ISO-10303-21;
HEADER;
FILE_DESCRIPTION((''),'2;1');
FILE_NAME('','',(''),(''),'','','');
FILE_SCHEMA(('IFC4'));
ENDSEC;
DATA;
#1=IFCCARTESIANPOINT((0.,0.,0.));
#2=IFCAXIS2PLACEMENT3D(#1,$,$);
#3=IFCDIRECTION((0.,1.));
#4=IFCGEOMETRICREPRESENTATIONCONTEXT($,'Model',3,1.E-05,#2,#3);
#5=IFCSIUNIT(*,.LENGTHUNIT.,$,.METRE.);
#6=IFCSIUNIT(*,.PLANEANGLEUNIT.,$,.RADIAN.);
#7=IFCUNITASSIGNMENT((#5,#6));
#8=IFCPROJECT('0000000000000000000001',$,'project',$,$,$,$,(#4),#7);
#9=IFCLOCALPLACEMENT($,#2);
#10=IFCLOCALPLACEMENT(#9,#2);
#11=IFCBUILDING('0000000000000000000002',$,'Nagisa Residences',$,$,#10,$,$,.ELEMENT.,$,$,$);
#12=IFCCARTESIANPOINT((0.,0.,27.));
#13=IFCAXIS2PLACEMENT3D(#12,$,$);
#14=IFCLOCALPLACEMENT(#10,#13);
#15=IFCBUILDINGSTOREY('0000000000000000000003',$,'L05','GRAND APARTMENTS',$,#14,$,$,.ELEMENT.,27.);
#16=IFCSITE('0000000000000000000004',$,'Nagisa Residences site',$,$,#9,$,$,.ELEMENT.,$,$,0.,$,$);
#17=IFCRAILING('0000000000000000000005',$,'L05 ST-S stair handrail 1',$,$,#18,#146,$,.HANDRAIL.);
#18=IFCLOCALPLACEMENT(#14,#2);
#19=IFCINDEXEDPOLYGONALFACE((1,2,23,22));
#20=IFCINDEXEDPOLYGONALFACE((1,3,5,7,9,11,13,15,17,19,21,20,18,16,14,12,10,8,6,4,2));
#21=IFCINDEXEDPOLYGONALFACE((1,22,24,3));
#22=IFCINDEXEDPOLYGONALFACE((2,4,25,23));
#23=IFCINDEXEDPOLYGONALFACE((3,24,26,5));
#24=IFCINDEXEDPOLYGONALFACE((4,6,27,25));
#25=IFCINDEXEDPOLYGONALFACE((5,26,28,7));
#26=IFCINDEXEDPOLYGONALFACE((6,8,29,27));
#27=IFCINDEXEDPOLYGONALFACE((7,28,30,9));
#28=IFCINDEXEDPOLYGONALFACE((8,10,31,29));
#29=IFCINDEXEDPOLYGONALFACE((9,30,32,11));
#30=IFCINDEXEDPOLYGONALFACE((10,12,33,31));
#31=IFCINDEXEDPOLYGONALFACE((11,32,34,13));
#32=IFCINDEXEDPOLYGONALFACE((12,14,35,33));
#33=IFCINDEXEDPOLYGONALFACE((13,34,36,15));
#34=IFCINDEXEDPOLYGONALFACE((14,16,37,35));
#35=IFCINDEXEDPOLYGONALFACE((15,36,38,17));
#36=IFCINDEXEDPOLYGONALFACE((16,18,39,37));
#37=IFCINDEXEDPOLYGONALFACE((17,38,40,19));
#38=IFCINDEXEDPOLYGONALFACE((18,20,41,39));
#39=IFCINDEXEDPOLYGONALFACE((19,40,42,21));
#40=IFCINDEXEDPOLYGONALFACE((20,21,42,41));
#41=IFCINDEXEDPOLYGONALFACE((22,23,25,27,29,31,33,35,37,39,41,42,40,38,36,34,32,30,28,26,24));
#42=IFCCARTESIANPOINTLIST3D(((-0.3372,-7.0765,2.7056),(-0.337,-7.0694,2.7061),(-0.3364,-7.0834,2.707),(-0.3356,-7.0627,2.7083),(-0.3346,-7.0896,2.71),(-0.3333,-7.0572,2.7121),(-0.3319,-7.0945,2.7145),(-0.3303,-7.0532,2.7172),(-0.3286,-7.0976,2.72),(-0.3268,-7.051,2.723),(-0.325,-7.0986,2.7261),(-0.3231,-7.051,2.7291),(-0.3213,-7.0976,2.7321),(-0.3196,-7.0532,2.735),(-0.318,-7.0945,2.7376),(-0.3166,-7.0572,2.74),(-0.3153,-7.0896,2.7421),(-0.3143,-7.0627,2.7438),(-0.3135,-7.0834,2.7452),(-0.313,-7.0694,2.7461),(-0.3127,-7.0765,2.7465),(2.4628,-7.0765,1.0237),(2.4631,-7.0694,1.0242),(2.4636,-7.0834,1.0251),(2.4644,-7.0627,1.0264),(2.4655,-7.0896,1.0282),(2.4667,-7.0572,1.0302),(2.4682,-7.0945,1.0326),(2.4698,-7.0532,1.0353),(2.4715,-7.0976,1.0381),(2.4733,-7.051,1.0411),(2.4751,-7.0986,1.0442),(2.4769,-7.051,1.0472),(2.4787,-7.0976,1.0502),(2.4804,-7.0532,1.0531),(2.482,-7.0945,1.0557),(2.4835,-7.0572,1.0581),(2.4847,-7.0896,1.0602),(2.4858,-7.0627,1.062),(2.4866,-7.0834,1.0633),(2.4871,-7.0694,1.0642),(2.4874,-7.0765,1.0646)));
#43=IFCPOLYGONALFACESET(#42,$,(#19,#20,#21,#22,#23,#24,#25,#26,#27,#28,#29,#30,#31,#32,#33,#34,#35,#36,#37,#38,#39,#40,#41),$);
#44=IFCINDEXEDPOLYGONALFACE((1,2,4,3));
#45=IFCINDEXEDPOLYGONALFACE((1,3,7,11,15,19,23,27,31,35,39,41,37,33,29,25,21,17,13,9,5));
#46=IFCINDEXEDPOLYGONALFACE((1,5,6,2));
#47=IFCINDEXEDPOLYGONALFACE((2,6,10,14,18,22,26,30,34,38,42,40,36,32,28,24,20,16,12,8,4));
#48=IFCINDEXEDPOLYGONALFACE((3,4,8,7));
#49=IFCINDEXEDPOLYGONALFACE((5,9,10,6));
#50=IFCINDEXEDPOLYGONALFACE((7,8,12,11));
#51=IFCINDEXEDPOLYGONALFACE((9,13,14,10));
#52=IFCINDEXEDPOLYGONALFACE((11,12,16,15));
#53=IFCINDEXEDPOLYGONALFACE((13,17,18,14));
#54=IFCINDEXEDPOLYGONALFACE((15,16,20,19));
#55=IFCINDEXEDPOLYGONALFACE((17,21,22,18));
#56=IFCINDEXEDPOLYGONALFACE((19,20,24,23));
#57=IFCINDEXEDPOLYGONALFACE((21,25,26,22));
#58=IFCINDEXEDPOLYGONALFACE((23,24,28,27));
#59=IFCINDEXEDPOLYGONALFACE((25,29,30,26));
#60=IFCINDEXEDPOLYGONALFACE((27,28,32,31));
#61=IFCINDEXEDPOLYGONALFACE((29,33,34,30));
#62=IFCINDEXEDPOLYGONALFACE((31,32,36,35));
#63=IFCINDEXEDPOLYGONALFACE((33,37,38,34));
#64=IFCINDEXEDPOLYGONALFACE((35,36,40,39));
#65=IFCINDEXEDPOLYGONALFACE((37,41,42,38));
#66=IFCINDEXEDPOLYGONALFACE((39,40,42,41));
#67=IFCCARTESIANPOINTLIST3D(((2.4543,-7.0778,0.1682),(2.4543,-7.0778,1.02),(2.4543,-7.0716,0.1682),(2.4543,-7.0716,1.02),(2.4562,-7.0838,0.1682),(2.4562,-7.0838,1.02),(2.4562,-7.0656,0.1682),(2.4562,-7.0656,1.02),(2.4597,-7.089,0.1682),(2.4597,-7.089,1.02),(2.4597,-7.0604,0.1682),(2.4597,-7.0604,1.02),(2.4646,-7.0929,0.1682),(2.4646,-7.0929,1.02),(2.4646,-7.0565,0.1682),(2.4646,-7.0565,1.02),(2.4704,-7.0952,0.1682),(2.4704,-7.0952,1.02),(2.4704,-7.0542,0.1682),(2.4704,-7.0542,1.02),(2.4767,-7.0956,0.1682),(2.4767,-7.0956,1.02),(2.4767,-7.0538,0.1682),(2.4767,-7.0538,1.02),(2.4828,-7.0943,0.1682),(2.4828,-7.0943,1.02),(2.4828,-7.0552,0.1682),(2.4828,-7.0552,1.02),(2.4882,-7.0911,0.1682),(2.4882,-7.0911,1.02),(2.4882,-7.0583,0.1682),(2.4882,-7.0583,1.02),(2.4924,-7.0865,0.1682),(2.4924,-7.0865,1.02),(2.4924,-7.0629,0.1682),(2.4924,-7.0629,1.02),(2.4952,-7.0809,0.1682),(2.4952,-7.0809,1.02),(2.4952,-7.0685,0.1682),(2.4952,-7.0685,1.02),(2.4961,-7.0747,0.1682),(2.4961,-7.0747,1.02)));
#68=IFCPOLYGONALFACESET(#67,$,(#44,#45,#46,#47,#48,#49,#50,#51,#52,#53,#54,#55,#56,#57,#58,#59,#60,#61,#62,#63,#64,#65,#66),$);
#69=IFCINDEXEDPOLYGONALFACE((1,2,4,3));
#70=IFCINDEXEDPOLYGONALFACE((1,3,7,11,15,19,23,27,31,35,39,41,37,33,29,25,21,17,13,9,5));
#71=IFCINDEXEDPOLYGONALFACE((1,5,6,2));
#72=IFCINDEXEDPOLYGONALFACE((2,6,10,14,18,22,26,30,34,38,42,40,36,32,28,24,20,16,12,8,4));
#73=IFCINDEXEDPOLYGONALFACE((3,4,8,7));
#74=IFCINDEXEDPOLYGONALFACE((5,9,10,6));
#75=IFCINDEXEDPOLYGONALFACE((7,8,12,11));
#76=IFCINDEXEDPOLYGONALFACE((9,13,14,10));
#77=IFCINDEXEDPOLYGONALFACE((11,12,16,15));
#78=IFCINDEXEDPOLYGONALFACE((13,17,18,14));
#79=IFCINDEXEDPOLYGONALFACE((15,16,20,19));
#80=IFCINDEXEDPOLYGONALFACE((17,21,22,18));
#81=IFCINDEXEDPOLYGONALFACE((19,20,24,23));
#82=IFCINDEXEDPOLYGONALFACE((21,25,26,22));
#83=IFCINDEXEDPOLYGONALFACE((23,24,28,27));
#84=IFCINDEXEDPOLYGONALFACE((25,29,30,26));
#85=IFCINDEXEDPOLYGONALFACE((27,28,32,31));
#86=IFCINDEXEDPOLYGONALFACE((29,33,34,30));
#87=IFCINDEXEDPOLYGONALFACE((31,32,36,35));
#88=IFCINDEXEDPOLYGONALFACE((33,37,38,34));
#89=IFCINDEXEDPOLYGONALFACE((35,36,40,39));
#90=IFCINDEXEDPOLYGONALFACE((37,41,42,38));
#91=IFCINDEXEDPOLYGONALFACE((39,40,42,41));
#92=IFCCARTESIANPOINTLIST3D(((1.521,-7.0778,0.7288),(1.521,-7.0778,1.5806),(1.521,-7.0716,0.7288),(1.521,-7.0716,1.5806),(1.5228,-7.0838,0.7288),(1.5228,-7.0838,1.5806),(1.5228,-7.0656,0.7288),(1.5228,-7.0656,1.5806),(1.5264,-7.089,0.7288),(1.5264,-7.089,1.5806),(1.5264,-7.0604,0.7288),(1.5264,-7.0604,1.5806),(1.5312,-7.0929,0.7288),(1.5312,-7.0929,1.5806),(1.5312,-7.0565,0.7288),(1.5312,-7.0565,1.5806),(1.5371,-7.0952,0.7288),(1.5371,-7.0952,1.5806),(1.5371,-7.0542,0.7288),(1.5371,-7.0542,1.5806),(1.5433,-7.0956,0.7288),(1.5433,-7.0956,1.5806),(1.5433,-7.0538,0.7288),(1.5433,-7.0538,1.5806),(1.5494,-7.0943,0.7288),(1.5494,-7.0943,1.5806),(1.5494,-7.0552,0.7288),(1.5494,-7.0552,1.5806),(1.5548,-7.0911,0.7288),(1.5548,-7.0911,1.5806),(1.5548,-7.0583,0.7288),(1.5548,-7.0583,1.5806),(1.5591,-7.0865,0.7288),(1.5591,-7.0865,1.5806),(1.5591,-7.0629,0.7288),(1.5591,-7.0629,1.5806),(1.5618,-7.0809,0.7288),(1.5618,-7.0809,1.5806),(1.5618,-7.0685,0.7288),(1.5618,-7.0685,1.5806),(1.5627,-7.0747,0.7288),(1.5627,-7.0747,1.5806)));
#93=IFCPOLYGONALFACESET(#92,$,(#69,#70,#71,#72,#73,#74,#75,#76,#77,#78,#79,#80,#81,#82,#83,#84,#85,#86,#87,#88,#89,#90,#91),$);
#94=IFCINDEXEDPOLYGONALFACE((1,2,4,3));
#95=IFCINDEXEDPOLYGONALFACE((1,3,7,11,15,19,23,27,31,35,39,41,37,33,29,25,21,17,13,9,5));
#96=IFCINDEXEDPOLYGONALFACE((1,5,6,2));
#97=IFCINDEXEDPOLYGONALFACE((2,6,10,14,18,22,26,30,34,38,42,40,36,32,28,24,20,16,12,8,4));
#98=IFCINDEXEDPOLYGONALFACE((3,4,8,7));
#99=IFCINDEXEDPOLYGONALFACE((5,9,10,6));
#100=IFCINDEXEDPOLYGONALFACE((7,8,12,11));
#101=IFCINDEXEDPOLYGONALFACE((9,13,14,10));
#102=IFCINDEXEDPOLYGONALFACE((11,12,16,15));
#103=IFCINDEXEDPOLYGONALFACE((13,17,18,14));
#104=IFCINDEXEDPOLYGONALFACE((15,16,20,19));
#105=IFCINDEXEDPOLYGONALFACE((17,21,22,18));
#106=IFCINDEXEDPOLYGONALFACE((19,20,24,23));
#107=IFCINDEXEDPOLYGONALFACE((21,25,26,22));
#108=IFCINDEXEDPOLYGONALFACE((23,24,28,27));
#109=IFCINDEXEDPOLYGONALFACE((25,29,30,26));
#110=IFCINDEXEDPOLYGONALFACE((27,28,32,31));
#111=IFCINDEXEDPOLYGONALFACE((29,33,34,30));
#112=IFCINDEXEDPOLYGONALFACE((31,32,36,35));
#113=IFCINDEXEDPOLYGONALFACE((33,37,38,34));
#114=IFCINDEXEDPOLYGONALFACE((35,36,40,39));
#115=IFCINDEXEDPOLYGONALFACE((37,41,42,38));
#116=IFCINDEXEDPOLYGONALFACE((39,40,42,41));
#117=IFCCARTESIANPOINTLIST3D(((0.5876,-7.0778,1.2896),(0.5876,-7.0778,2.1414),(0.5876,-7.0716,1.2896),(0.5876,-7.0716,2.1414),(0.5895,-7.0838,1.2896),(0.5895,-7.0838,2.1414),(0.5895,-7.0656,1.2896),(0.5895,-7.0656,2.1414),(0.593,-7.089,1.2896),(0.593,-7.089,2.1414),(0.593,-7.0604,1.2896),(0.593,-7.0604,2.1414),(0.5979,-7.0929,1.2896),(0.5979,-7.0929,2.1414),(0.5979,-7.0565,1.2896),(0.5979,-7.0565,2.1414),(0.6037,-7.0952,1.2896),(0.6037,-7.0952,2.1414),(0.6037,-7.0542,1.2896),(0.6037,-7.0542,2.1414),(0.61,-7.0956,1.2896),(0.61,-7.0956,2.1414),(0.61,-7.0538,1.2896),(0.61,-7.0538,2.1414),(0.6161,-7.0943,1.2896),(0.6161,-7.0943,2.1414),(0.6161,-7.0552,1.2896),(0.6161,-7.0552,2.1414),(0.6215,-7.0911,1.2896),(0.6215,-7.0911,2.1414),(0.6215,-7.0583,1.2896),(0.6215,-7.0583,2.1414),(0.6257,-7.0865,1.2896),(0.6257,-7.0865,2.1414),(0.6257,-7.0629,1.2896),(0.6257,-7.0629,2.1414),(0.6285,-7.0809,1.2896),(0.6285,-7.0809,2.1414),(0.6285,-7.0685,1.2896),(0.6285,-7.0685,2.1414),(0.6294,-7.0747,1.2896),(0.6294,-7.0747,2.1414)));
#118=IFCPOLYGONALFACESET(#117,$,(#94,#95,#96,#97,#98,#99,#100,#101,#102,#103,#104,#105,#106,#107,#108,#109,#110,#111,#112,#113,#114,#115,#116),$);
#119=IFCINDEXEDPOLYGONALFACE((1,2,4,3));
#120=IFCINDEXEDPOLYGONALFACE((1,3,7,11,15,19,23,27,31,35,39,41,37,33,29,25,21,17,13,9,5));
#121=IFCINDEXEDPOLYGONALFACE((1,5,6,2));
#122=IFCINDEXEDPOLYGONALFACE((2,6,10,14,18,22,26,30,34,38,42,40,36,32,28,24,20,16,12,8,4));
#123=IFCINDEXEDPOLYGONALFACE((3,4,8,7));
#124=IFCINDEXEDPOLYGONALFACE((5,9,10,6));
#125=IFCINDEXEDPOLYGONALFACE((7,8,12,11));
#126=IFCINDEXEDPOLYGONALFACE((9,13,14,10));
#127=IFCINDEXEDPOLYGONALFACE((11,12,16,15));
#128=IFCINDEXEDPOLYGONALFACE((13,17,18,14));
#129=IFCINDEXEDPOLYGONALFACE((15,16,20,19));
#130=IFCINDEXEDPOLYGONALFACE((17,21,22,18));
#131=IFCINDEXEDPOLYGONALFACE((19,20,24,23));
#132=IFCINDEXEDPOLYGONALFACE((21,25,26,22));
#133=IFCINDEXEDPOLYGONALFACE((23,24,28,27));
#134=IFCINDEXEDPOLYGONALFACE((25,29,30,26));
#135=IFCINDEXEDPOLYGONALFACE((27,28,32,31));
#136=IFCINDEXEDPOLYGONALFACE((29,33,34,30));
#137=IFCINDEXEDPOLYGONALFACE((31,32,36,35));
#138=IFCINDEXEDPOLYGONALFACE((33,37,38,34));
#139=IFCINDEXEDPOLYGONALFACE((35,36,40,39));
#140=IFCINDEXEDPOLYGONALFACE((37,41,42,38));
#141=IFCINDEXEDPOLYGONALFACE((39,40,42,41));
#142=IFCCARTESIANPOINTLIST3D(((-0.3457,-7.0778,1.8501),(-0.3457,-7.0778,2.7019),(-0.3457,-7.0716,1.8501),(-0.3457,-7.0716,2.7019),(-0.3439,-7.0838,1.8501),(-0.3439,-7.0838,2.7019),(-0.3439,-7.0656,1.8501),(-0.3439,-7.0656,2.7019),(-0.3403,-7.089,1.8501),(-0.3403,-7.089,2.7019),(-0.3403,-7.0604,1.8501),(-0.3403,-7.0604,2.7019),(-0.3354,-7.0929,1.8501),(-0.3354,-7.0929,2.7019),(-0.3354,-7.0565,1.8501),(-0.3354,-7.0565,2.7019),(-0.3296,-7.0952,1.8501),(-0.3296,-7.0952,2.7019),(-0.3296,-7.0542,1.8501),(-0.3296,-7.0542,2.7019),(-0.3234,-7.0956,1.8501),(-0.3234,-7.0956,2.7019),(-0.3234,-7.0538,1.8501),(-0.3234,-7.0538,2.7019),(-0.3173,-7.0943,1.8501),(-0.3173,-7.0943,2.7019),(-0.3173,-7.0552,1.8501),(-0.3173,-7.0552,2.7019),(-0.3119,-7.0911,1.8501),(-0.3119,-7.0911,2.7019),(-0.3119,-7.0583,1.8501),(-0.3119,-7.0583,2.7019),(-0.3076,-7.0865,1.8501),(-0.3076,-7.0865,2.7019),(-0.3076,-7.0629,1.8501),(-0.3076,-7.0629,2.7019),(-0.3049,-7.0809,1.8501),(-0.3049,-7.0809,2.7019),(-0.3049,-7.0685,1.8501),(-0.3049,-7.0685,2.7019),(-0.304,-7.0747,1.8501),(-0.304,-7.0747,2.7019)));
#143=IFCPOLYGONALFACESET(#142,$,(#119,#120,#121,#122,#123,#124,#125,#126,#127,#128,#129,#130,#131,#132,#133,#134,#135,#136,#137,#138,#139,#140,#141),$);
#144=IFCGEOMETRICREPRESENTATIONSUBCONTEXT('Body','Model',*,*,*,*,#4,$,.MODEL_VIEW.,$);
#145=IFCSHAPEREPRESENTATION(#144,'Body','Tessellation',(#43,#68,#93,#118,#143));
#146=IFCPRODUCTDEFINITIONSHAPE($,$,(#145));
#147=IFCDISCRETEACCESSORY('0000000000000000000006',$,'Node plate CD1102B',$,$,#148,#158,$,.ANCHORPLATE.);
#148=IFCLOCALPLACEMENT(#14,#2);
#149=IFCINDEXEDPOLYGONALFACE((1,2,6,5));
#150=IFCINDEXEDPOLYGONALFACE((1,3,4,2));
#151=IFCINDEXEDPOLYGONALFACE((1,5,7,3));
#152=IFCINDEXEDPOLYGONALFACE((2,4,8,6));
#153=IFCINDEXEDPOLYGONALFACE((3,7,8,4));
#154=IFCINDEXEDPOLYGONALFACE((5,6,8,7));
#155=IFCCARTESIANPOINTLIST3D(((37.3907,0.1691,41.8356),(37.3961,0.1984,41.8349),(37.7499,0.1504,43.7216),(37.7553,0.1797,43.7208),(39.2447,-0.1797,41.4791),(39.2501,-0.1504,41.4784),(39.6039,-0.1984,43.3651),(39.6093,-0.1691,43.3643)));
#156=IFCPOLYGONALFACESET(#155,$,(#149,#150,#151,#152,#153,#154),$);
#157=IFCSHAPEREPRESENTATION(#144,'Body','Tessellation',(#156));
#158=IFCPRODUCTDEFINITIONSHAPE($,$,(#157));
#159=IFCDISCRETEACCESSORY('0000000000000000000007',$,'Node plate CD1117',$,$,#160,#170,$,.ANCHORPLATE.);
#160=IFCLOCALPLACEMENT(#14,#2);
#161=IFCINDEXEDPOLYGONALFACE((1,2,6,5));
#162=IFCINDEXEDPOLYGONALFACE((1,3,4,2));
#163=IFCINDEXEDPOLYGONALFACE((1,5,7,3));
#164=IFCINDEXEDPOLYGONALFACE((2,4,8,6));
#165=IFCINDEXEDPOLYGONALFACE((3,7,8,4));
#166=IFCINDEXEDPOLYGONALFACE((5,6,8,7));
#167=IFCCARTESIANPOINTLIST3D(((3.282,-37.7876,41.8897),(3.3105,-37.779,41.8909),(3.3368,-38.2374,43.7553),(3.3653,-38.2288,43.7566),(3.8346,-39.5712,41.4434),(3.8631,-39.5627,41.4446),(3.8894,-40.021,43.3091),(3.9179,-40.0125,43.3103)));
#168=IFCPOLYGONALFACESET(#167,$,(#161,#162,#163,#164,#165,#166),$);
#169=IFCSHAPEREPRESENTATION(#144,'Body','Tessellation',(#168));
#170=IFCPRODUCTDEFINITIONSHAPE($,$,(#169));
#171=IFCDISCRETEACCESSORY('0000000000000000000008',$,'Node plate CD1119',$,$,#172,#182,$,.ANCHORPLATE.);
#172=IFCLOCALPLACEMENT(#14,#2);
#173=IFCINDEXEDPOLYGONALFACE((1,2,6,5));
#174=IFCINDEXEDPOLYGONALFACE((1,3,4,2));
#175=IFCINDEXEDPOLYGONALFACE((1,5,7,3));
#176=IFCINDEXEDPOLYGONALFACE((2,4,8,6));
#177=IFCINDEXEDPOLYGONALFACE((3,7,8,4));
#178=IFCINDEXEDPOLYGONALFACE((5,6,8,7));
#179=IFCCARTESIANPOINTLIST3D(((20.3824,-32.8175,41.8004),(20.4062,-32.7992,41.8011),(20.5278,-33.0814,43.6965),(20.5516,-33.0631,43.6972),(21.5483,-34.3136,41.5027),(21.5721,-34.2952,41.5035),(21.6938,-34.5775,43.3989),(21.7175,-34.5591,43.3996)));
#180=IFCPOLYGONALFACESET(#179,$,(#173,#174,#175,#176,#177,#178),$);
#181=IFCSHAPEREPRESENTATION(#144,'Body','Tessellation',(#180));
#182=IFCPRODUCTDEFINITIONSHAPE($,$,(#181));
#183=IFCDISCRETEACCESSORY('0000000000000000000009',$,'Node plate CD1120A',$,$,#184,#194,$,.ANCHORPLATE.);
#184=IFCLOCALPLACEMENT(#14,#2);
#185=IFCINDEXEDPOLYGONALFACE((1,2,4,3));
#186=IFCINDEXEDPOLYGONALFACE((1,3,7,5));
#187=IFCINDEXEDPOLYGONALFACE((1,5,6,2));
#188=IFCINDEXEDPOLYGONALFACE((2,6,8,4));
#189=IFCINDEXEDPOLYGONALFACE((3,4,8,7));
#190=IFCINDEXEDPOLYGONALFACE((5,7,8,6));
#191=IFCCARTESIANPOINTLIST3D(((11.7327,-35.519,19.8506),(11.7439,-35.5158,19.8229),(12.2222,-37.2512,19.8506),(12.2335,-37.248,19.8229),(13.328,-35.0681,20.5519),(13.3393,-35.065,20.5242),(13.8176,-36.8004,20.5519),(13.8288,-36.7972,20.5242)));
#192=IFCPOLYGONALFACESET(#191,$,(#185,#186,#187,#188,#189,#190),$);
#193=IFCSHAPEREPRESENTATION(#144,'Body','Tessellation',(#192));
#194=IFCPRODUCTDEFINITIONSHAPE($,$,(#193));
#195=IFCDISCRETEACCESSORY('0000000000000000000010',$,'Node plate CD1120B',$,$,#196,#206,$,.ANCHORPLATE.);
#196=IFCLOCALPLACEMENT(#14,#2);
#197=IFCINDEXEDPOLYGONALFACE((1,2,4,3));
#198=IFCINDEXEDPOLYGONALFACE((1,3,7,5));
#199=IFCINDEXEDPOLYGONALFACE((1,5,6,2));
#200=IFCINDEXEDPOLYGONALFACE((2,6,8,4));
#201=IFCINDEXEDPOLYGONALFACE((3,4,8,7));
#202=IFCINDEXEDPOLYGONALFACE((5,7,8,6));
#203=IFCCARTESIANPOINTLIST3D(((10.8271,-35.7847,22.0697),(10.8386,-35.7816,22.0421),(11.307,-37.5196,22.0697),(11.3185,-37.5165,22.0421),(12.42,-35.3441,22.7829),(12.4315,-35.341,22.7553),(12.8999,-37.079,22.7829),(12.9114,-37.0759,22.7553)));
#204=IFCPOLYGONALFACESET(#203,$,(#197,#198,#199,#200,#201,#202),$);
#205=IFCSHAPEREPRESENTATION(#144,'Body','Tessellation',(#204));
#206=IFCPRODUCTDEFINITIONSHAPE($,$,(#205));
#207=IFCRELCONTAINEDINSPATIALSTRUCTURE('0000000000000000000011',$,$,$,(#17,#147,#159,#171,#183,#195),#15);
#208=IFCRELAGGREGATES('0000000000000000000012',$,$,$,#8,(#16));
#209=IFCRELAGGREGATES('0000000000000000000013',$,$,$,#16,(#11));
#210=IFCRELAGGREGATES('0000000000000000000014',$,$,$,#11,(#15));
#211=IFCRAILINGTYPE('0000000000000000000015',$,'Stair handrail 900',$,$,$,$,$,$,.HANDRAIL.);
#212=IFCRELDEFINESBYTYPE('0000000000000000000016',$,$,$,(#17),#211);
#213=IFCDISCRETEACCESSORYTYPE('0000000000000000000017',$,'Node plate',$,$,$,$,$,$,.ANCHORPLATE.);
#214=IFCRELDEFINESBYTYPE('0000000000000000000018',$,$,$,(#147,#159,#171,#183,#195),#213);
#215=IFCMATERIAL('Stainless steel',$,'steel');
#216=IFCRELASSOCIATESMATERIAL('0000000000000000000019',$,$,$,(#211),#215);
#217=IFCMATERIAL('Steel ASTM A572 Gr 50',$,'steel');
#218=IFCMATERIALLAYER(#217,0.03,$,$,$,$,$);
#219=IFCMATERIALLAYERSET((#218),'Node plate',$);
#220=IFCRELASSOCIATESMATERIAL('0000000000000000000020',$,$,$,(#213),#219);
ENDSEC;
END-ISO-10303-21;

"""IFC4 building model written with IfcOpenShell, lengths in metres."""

from ifc_helpers import new_model, si_unit, direction, frame, origin, origin_2d, place, context, subcontext, project, spatial, rectangle, circle, extrude, material, layer, layer_set, type_object, element, save


model = new_model("IFC4")

# Units and contexts
model_context = context("Model", 3, precision=1e-05, world=origin(), true_north=direction((0.0, 1.0)))
body_context = subcontext(model_context, "Body", "Model", "MODEL_VIEW")
ifc_project = project(units=[si_unit("LENGTHUNIT", "METRE"), si_unit("PLANEANGLEUNIT", "RADIAN")], contexts=[model_context])

# Site, building, storey
site_placement = place(None, origin())
site = spatial("IfcSite", under=ifc_project, at=site_placement, Name="Nagisa Residences site", CompositionType="ELEMENT", RefElevation=0.0)
building_placement = place(site_placement, origin())
building = spatial("IfcBuilding", under=site, at=building_placement, Name="Nagisa Residences", CompositionType="ELEMENT")
storey_placement = place(building_placement, frame((0.0, 0.0, 27.0)))
storey = spatial("IfcBuildingStorey", under=building, at=storey_placement, Name="L05", Description="GRAND APARTMENTS", CompositionType="ELEMENT", Elevation=27.0)

# Railing
ifc_material_1 = material(Name="Stainless steel", Category="steel")
railing_type = type_object("IfcRailingType", Name="Stair handrail 900", PredefinedType="HANDRAIL", material=ifc_material_1)
railing_1_placement = place(storey_placement, frame((2.4751, -7.0747, 0.1682)))
element("IfcRailing", 1, at=railing_1_placement, inside=storey, type_object=railing_type, Name="L05 ST-S stair handrail 1", PredefinedType="HANDRAIL", context=body_context, shape_type="SweptSolid", body=[
    extrude(circle(Radius=0.0239, at=origin_2d()), frame((0.0, 0.0, 0.876), z_axis=(-0.857242, 0.0, 0.514913), x_axis=(0.0, -1.0, 0.0)), (0.0, 0.0, 1.0), 3.2664),
    extrude(circle(Radius=0.021, at=origin_2d()), origin(), (0.0, 0.0, 1.0), 0.8518),
    extrude(circle(Radius=0.021, at=origin_2d()), frame((-0.9333, 0.0, 0.5605)), (0.0, 0.0, 1.0), 0.8518),
    extrude(circle(Radius=0.021, at=origin_2d()), frame((-1.8667, 0.0, 1.1213)), (0.0, 0.0, 1.0), 0.8518),
    extrude(circle(Radius=0.021, at=origin_2d()), frame((-2.8, 0.0, 1.6819)), (0.0, 0.0, 1.0), 0.8518),
])

# Discrete accessories
ifc_material_2 = material(Name="Steel ASTM A572 Gr 50", Category="steel")
ifc_layer_1 = layer(ifc_material_2, 0.03)
ifc_layer_set_1 = layer_set([ifc_layer_1], Name="Node plate")
discrete_accessory_type = type_object("IfcDiscreteAccessoryType", Name="Node plate", PredefinedType="ANCHORPLATE", material=ifc_layer_set_1)
for number, where, z_axis, x_axis, name in (
    (2, (38.4973, -0.0146, 42.6003), (0.180273, 0.983309, -0.024583), (-0.187061, 0.009737, -0.9823), "Node plate CD1102B"),
    (3, (3.5857, -38.9043, 42.5994), (0.957249, 0.286357, 0.040908), (-0.028558, 0.234285, -0.971748), "Node plate CD1117"),
):
    element("IfcDiscreteAccessory", number, at=place(storey_placement, frame(where, z_axis=z_axis, x_axis=x_axis)), inside=storey, type_object=discrete_accessory_type, Name=name, PredefinedType="ANCHORPLATE", context=body_context, shape_type="SweptSolid", body=[
        extrude(rectangle(XDim=1.9199, YDim=1.9199, at=origin_2d()), origin(), (0.0, 0.0, 1.0), 0.0298),
    ])
discrete_accessory_1_placement = place(storey_placement, frame((21.0381, -33.6975, 42.5996), z_axis=(0.790869, 0.611497, 0.02446), x_axis=(-0.075736, 0.137456, -0.987608)))
element("IfcDiscreteAccessory", 4, at=discrete_accessory_1_placement, inside=storey, type_object=discrete_accessory_type, Name="Node plate CD1119", PredefinedType="ANCHORPLATE", context=body_context, shape_type="SweptSolid", body=[
    extrude(rectangle(XDim=1.9199, YDim=1.9199, at=origin_2d()), origin(), (0.0, 0.0, 1.0), 0.03),
])
for number, where, z_axis, x_axis, name in (
    (5, (12.7864, -36.1565, 20.1736), (-0.374914, -0.105954, 0.920985), (0.271957, -0.962309, 0.0), "Node plate CD1120A"),
    (6, (11.8635, -36.4319, 22.4263), (0.381887, 0.105628, -0.918153), (-0.266586, 0.963811, 0.0), "Node plate CD1120B"),
):
    element("IfcDiscreteAccessory", number, at=place(storey_placement, frame(where, z_axis=z_axis, x_axis=x_axis)), inside=storey, type_object=discrete_accessory_type, Name=name, PredefinedType="ANCHORPLATE", context=body_context, shape_type="SweptSolid", body=[
        extrude(rectangle(XDim=1.8, YDim=1.8, at=origin_2d()), origin(), (0.0, 0.0, 1.0), 0.03),
    ])

save(model, "model.ifc")
